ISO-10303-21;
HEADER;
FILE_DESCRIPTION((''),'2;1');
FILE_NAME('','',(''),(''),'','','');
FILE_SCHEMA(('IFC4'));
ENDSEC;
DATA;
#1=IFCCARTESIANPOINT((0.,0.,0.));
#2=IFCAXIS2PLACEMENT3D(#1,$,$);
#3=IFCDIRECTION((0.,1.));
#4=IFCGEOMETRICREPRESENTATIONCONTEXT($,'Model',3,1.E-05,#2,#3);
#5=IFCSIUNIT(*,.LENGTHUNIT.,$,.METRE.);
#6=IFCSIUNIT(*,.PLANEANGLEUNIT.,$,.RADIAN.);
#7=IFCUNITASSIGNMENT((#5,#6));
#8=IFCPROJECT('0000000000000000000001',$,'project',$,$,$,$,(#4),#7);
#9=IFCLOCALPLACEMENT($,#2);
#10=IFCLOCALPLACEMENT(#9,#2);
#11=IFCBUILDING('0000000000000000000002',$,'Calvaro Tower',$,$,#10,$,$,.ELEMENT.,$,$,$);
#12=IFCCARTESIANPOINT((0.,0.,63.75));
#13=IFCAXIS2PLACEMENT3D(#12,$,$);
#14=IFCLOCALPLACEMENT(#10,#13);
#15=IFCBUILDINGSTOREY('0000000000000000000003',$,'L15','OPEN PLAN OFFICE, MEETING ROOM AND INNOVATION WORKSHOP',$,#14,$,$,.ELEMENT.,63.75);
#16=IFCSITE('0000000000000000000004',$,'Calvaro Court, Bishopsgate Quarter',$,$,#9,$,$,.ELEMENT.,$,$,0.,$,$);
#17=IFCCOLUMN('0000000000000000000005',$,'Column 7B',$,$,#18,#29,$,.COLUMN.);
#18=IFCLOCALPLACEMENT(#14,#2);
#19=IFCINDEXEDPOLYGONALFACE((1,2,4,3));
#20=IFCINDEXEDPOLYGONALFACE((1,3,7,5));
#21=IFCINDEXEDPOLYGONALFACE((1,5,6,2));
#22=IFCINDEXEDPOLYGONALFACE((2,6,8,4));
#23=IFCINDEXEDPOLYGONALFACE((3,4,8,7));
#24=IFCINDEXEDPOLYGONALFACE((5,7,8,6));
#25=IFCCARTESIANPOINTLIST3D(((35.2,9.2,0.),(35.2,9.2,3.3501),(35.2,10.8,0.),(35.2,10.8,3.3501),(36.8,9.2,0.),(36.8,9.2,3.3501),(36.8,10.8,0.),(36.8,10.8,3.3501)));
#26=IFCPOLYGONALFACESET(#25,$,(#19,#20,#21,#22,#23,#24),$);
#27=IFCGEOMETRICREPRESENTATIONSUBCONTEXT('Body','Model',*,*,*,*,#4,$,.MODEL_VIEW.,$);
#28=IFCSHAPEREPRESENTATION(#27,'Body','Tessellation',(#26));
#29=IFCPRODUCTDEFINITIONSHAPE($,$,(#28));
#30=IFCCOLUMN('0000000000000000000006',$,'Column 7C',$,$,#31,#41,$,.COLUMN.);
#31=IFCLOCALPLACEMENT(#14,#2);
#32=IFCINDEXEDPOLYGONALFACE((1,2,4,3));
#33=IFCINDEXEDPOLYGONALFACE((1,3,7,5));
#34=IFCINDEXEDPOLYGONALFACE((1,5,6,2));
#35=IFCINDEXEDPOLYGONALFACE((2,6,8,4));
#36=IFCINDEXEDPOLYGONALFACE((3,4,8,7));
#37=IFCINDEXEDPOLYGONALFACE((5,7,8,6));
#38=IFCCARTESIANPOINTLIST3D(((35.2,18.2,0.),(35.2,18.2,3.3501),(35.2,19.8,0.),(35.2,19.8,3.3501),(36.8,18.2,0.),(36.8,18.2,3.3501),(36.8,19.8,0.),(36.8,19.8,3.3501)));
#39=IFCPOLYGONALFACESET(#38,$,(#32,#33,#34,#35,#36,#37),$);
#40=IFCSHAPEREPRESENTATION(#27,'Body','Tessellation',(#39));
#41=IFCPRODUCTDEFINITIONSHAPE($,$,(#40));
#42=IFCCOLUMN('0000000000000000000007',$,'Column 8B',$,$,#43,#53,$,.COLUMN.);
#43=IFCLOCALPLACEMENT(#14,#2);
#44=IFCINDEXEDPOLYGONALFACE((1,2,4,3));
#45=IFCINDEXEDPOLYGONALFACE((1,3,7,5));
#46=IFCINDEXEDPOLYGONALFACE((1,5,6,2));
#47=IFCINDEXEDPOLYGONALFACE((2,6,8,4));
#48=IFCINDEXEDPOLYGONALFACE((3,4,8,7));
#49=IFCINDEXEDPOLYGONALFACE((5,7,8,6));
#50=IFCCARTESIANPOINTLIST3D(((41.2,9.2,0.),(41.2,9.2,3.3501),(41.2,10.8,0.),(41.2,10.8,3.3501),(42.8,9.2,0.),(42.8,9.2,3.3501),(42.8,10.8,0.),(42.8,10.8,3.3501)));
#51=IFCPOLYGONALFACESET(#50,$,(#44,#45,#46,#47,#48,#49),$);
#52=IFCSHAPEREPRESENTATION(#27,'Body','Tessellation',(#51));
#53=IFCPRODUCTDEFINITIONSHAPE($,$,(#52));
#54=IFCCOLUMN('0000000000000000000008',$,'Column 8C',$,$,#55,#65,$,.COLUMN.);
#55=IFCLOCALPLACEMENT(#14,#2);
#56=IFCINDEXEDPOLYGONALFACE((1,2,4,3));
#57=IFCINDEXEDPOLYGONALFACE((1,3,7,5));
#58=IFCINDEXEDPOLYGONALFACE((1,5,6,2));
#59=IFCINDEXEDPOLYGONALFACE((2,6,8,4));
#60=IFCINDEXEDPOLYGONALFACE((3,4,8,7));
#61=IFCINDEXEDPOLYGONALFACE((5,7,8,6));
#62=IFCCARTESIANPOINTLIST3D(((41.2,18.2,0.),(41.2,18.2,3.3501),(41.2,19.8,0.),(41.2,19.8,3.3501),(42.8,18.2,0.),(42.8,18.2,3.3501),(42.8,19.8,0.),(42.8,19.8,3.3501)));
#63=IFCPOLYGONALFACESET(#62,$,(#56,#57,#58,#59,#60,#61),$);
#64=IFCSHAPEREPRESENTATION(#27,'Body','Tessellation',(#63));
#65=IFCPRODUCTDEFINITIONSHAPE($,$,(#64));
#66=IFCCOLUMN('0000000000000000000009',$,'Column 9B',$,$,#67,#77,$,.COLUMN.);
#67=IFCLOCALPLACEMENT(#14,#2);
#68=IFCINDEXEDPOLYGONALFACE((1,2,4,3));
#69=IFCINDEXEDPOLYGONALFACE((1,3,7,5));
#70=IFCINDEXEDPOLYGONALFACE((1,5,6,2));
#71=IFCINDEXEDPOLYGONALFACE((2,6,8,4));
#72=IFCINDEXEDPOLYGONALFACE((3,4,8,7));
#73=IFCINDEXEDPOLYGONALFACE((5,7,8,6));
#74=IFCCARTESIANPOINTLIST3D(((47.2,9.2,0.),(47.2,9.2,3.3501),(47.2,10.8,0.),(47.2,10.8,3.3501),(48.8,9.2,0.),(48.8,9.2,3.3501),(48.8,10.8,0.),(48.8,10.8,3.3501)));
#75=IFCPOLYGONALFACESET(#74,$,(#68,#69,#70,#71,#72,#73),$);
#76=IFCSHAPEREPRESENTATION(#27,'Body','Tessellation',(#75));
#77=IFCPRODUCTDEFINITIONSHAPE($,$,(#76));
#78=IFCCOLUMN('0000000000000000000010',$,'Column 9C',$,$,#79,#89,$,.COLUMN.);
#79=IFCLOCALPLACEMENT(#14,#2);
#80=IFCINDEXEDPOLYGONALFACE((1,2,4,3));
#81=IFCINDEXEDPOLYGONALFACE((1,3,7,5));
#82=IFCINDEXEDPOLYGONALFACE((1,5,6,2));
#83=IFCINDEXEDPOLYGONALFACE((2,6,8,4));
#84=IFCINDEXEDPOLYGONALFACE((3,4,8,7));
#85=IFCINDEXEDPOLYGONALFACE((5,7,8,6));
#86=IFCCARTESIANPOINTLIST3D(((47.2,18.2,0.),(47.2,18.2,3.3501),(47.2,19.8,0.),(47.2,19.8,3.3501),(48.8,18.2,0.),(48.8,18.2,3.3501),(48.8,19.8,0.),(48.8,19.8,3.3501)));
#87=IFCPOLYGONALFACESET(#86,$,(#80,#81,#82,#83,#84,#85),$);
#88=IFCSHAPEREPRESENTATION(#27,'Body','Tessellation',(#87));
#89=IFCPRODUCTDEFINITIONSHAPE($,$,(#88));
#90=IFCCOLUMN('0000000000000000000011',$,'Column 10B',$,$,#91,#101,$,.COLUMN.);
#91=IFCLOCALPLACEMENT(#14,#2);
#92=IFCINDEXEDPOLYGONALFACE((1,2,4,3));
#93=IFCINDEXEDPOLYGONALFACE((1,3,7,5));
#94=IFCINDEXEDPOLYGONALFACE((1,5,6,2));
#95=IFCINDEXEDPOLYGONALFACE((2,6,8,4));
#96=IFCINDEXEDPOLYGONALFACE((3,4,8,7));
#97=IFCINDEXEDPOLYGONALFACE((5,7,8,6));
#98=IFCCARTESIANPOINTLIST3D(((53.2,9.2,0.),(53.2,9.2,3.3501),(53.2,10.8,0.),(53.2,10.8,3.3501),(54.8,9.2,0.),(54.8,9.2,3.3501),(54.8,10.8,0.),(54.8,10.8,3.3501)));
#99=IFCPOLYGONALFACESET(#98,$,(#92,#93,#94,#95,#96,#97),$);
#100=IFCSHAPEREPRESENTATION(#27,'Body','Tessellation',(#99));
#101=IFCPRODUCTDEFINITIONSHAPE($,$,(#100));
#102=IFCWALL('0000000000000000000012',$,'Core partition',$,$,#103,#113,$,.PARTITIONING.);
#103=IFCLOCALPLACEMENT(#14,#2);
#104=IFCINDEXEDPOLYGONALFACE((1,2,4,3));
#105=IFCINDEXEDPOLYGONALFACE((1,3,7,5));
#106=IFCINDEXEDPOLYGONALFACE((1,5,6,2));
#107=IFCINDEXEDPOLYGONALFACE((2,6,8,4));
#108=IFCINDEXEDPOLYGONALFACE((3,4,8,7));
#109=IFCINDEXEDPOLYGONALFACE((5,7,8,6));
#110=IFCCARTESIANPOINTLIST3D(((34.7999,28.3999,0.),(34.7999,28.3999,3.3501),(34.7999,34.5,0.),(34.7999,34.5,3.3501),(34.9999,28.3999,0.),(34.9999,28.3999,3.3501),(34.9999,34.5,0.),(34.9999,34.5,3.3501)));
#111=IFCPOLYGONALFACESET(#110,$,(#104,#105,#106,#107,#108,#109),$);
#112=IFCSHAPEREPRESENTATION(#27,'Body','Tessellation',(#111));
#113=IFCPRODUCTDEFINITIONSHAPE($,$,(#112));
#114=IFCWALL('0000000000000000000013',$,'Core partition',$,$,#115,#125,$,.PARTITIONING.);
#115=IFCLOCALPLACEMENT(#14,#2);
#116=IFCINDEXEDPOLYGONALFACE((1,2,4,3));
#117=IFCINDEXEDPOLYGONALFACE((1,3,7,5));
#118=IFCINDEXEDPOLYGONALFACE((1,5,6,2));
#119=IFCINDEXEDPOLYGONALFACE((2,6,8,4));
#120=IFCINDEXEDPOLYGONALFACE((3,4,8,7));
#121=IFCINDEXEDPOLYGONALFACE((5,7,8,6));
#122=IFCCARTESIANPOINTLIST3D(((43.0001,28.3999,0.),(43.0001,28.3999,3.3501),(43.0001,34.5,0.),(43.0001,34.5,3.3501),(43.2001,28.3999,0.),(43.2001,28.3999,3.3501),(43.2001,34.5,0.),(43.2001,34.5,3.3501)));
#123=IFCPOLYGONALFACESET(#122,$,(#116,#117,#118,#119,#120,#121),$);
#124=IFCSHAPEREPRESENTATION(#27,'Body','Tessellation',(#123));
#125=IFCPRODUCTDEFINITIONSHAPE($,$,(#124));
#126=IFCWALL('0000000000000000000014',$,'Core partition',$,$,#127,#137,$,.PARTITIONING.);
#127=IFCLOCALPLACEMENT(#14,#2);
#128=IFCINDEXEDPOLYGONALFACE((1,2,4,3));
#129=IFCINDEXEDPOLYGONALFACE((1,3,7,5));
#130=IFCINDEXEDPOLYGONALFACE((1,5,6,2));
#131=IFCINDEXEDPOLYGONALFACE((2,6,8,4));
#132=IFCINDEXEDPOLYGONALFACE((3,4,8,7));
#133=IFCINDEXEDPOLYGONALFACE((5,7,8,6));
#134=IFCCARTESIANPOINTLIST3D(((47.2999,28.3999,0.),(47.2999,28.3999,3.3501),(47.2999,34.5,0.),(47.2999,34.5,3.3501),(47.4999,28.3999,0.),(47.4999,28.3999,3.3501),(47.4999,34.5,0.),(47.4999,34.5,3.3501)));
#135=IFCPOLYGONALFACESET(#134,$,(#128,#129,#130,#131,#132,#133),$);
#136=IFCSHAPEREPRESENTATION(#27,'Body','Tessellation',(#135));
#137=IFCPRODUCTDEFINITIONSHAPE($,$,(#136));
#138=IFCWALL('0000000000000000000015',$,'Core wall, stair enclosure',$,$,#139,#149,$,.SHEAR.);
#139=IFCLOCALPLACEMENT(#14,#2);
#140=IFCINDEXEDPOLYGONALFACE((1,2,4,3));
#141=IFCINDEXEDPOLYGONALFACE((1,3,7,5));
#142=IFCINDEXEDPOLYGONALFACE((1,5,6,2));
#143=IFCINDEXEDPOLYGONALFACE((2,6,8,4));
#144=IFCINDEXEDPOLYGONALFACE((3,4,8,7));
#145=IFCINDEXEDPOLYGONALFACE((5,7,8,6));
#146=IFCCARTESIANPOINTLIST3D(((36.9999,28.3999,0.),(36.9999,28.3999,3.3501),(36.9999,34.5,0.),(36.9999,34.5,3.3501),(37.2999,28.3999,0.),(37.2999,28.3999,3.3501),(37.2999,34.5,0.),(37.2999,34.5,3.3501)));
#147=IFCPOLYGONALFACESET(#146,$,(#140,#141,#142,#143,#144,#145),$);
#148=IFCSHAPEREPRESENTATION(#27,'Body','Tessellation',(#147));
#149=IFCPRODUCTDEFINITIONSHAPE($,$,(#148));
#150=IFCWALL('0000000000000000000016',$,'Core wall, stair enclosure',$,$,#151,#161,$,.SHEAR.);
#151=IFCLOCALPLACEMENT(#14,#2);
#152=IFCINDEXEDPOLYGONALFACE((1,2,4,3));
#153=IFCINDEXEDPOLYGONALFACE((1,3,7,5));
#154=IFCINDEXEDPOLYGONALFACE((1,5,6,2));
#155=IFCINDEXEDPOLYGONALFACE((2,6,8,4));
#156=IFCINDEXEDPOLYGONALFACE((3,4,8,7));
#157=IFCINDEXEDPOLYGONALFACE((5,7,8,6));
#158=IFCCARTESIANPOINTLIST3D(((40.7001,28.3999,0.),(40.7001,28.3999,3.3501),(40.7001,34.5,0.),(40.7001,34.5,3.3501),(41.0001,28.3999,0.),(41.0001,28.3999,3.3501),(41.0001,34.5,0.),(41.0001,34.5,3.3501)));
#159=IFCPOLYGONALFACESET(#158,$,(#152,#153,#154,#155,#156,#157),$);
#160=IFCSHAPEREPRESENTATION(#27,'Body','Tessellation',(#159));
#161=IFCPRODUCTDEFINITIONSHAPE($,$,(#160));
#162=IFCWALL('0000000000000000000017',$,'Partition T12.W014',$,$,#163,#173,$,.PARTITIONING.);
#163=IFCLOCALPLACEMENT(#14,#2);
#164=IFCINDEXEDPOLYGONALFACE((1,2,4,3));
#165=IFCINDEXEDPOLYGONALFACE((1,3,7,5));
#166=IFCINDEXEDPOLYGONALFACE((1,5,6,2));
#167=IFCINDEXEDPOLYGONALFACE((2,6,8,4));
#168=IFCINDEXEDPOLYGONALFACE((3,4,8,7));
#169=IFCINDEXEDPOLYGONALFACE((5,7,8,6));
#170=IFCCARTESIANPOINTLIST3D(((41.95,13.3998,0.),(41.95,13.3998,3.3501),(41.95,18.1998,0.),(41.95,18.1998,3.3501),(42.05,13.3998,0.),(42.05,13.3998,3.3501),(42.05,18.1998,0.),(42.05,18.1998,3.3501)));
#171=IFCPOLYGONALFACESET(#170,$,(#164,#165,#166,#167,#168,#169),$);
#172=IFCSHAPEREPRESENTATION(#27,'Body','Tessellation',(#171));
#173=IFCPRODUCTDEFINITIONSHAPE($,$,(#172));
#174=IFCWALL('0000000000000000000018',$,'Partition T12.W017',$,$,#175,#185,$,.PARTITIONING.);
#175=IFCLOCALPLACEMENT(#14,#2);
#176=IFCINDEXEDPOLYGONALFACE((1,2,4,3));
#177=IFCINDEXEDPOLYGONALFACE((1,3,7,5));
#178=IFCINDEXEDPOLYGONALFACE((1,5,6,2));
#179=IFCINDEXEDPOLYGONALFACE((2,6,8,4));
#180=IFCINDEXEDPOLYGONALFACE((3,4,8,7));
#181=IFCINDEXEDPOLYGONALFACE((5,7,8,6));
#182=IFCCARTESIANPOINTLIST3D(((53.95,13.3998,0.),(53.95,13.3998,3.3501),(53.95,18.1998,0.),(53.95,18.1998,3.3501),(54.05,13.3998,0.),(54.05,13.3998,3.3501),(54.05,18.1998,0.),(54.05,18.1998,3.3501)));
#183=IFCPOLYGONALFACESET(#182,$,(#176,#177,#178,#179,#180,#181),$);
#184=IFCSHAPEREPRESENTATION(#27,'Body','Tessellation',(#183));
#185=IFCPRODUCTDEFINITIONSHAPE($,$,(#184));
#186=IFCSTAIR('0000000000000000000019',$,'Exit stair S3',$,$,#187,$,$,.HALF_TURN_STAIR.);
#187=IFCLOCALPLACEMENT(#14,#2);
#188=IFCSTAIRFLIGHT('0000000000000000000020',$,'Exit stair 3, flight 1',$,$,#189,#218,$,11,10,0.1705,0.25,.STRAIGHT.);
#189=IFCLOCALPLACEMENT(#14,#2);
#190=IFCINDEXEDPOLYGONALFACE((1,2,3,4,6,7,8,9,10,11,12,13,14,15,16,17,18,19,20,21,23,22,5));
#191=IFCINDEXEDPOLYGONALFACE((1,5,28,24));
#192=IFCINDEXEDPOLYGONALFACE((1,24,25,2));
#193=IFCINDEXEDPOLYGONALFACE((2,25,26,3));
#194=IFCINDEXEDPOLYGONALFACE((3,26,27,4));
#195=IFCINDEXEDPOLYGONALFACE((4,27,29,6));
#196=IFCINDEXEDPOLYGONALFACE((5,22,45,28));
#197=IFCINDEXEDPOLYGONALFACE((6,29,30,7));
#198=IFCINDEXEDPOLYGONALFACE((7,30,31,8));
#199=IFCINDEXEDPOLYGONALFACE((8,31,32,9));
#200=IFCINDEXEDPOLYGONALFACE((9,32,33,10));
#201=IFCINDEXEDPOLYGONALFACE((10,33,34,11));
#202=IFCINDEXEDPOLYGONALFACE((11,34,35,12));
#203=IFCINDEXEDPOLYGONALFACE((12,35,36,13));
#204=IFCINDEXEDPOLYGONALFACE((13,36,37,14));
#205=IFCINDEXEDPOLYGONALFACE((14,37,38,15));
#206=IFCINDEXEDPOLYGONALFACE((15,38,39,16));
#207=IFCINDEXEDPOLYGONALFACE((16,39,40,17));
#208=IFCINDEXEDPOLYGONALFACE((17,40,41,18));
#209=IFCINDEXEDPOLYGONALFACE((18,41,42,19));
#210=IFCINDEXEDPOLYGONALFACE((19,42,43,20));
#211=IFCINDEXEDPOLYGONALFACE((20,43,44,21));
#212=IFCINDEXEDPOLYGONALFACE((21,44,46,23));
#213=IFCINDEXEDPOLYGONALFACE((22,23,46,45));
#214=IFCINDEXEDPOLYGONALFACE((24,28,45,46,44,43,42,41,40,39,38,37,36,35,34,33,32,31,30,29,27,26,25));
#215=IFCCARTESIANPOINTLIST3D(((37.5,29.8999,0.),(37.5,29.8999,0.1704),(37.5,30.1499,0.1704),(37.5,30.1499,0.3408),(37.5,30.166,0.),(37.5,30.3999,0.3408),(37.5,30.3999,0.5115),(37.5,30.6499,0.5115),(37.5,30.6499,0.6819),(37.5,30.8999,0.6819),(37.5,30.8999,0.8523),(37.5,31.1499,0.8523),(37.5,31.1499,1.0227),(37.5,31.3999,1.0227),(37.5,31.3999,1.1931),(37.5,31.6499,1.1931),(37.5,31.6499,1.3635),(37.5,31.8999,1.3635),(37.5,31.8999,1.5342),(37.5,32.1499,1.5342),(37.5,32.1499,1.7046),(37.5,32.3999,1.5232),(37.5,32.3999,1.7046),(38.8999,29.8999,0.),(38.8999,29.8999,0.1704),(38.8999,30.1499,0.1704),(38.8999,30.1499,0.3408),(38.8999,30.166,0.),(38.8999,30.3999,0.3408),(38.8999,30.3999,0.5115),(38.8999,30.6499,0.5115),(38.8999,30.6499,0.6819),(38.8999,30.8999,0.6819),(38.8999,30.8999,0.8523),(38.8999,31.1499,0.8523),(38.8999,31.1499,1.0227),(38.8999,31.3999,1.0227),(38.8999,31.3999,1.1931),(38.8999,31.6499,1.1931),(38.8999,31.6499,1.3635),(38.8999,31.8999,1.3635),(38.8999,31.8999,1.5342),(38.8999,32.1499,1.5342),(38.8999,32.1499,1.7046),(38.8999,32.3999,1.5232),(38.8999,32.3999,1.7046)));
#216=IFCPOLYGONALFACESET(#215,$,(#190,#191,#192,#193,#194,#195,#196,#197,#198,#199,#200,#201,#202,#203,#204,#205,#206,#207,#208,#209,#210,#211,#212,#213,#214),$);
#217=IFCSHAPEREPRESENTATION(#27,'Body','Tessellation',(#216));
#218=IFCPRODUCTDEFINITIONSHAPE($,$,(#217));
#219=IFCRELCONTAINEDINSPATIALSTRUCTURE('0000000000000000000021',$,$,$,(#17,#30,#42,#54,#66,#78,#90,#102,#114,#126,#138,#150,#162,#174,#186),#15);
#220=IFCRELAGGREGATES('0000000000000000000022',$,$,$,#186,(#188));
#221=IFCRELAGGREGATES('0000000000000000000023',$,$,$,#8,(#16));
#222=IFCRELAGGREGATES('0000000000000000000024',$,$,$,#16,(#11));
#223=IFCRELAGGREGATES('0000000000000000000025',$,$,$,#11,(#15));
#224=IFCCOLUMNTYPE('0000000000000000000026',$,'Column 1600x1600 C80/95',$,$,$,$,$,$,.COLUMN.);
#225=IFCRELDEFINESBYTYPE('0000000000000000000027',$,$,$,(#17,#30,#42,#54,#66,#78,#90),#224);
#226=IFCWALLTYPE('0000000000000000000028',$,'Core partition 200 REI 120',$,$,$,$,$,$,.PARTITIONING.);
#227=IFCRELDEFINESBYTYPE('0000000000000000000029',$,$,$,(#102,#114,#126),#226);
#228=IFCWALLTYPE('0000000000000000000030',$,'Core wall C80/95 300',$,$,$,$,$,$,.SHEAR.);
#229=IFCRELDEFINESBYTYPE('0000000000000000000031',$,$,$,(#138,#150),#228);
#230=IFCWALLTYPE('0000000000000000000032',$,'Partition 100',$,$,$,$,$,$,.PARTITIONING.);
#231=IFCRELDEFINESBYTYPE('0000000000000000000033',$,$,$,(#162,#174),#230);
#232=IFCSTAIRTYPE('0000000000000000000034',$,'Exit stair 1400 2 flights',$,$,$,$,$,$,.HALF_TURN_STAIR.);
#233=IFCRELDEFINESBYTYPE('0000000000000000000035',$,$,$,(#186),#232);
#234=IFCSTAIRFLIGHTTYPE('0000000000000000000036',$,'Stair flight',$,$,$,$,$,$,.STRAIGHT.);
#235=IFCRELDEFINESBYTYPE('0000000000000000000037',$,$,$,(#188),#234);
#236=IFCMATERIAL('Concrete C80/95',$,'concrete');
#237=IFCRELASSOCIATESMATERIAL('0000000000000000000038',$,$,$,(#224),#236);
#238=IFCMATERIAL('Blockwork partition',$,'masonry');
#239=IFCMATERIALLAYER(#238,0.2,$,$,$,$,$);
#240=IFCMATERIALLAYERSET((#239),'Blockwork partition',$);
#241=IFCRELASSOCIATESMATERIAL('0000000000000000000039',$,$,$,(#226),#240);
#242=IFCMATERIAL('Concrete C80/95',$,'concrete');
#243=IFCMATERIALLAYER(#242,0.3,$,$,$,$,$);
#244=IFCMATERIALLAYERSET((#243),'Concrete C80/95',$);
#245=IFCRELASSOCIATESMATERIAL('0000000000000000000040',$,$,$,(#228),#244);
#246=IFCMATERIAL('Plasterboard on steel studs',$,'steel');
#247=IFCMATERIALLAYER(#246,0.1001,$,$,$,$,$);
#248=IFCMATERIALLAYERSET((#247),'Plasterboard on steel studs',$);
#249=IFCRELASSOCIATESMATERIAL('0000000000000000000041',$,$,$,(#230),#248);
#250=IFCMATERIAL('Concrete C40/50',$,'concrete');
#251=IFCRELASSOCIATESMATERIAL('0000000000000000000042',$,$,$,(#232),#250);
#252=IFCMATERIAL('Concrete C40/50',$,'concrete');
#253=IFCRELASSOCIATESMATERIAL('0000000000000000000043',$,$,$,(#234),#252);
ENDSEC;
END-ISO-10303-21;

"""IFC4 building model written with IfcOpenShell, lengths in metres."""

from ifc_helpers import new_model, si_unit, direction, frame, frame_2d, origin, origin_2d, place, context, subcontext, project, spatial, polyline, rectangle, outline, extrude, material, layer, layer_set, material_profile, profile_set, type_object, element, aggregate, save


model = new_model("IFC4")

# Units and contexts
model_context = context("Model", 3, precision=1e-05, world=origin(), true_north=direction((0.0, 1.0)))
body_context = subcontext(model_context, "Body", "Model", "MODEL_VIEW")
ifc_project = project(units=[si_unit("LENGTHUNIT", "METRE"), si_unit("PLANEANGLEUNIT", "RADIAN")], contexts=[model_context])

# Site, building, storey
site_placement = place(None, origin())
site = spatial("IfcSite", under=ifc_project, at=site_placement, Name="Calvaro Court, Bishopsgate Quarter", CompositionType="ELEMENT", RefElevation=0.0)
building_placement = place(site_placement, origin())
building = spatial("IfcBuilding", under=site, at=building_placement, Name="Calvaro Tower", CompositionType="ELEMENT")
storey_placement = place(building_placement, frame((0.0, 0.0, 63.75)))
storey = spatial("IfcBuildingStorey", under=building, at=storey_placement, Name="L15", Description="OPEN PLAN OFFICE, MEETING ROOM AND INNOVATION WORKSHOP", CompositionType="ELEMENT", Elevation=63.75)

# Columns
ifc_material_1 = material(Name="Concrete C80/95", Category="concrete")
ifc_material_profile = material_profile(ifc_material_1, rectangle(XDim=1.6001, YDim=1.6001, at=origin_2d()), Name="RC 1600x1600")
ifc_profile_set = profile_set([ifc_material_profile], Name="Concrete C80/95")
column_type = type_object("IfcColumnType", Name="Column 1600x1600 C80/95", PredefinedType="COLUMN", material=ifc_profile_set)
for number, where, z_axis, x_axis, name in (
    (1, (36.0, 10.0, 0.0), (0.0, 0.0, 1.0), (1.0, 0.0, 0.0), "Column 7B"),
    (2, (36.0, 19.0, 0.0), (0.0, 0.0, 1.0), (1.0, 0.0, 0.0), "Column 7C"),
    (3, (42.0, 10.0, 0.0), (0.0, 0.0, 1.0), (1.0, 0.0, 0.0), "Column 8B"),
    (4, (42.0, 19.0, 0.0), (0.0, 0.0, 1.0), (1.0, 0.0, 0.0), "Column 8C"),
    (5, (48.0, 10.0, 0.0), (0.0, 0.0, 1.0), (1.0, 0.0, 0.0), "Column 9B"),
    (6, (48.0, 19.0, 0.0), (0.0, 0.0, 1.0), (1.0, 0.0, 0.0), "Column 9C"),
    (7, (54.0, 10.0, 0.0), (0.0, 0.0, 1.0), (1.0, 0.0, 0.0), "Column 10B"),
):
    element("IfcColumn", number, at=place(storey_placement, frame(where, z_axis=z_axis, x_axis=x_axis)), inside=storey, type_object=column_type, Name=name, PredefinedType="COLUMN", context=body_context, shape_type="SweptSolid", body=[
        extrude(rectangle(XDim=1.6001, YDim=1.6001, at=origin_2d()), origin(), (0.0, 0.0, 1.0), 3.3501),
    ])

# Walls
ifc_material_2 = material(Name="Blockwork partition", Category="masonry")
ifc_layer_1 = layer(ifc_material_2, 0.2)
ifc_layer_set_1 = layer_set([ifc_layer_1], Name="Blockwork partition")
wall_type_1 = type_object("IfcWallType", Name="Core partition 200 REI 120", PredefinedType="PARTITIONING", material=ifc_layer_set_1)
for number, where, z_axis, x_axis, name in (
    (8, (34.8999, 28.3999, 0.0), (0.0, 0.0, 1.0), (0.0, 1.0, 0.0), "Core partition"),
    (9, (43.1001, 28.3999, 0.0), (0.0, 0.0, 1.0), (0.0, 1.0, 0.0), "Core partition"),
    (10, (47.3999, 28.3999, 0.0), (0.0, 0.0, 1.0), (0.0, 1.0, 0.0), "Core partition"),
):
    element("IfcWall", number, at=place(storey_placement, frame(where, z_axis=z_axis, x_axis=x_axis)), inside=storey, type_object=wall_type_1, Name=name, PredefinedType="PARTITIONING", context=body_context, shape_type="SweptSolid", body=[
        extrude(rectangle(XDim=6.1001, YDim=0.2, at=frame_2d((3.05, 0.0))), origin(), (0.0, 0.0, 1.0), 3.3501),
    ])
ifc_material_3 = material(Name="Concrete C80/95", Category="concrete")
ifc_layer_2 = layer(ifc_material_3, 0.3)
ifc_layer_set_2 = layer_set([ifc_layer_2], Name="Concrete C80/95")
wall_type_2 = type_object("IfcWallType", Name="Core wall C80/95 300", PredefinedType="SHEAR", material=ifc_layer_set_2)
for number, where, z_axis, x_axis, name in (
    (11, (37.1499, 28.3999, 0.0), (0.0, 0.0, 1.0), (0.0, 1.0, 0.0), "Core wall, stair enclosure"),
    (12, (40.8501, 28.3999, 0.0), (0.0, 0.0, 1.0), (0.0, 1.0, 0.0), "Core wall, stair enclosure"),
):
    element("IfcWall", number, at=place(storey_placement, frame(where, z_axis=z_axis, x_axis=x_axis)), inside=storey, type_object=wall_type_2, Name=name, PredefinedType="SHEAR", context=body_context, shape_type="SweptSolid", body=[
        extrude(rectangle(XDim=6.1001, YDim=0.3, at=frame_2d((3.05, 0.0))), origin(), (0.0, 0.0, 1.0), 3.3501),
    ])
ifc_material_4 = material(Name="Plasterboard on steel studs", Category="steel")
ifc_layer_3 = layer(ifc_material_4, 0.1001)
ifc_layer_set_3 = layer_set([ifc_layer_3], Name="Plasterboard on steel studs")
wall_type_3 = type_object("IfcWallType", Name="Partition 100", PredefinedType="PARTITIONING", material=ifc_layer_set_3)
for number, where, z_axis, x_axis, name in (
    (13, (42.0, 13.3999, 0.0), (0.0, 0.0, 1.0), (0.0, 1.0, 0.0), "Partition T12.W014"),
    (14, (54.0, 13.3999, 0.0), (0.0, 0.0, 1.0), (0.0, 1.0, 0.0), "Partition T12.W017"),
):
    element("IfcWall", number, at=place(storey_placement, frame(where, z_axis=z_axis, x_axis=x_axis)), inside=storey, type_object=wall_type_3, Name=name, PredefinedType="PARTITIONING", context=body_context, shape_type="SweptSolid", body=[
        extrude(rectangle(XDim=4.8, YDim=0.1001, at=frame_2d((2.3999, 0.0))), origin(), (0.0, 0.0, 1.0), 3.3501),
    ])

# Stair, stair flight
ifc_material_5 = material(Name="Concrete C40/50", Category="concrete")
stair_type = type_object("IfcStairType", Name="Exit stair 1400 2 flights", PredefinedType="HALF_TURN_STAIR", material=ifc_material_5)
stair_1_placement = place(storey_placement, origin())
stair_1 = element("IfcStair", 15, at=stair_1_placement, inside=storey, type_object=stair_type, Name="Exit stair S3", PredefinedType="HALF_TURN_STAIR")
ifc_material_6 = material(Name="Concrete C40/50", Category="concrete")
stair_flight_type = type_object("IfcStairFlightType", Name="Stair flight", PredefinedType="STRAIGHT", material=ifc_material_6)
stair_flight_1_placement = place(storey_placement, frame((38.2, 29.8999, 0.0), z_axis=(0.0, 0.0, 1.0), x_axis=(0.0, 1.0, 0.0)))
stair_flight_1 = element("IfcStairFlight", 16, at=stair_flight_1_placement, type_object=stair_flight_type, Name="Exit stair 3, flight 1", NumberOfRisers=11, NumberOfTreads=10, PredefinedType="STRAIGHT", RiserHeight=0.1705, TreadLength=0.25, context=body_context, shape_type="SweptSolid", body=[
    extrude(outline(polyline([(0.0, 0.0), (0.0, 0.1704), (0.25, 0.1704), (0.25, 0.3408), (0.5, 0.3408), (0.5, 0.5115), (0.75, 0.5115), (0.75, 0.6819), (1.0, 0.6819), (1.0, 0.8523), (1.25, 0.8523), (1.25, 1.0227), (1.5, 1.0227), (1.5, 1.1931), (1.75, 1.1931), (1.75, 1.3635), (2.0, 1.3635), (2.0, 1.5342), (2.25, 1.5342), (2.25, 1.7046), (2.5, 1.7046), (2.5, 1.875), (2.5, 1.5232), (0.2661, 0.0), (0.0, 0.0)])), frame((0.0, 0.7, 0.0), z_axis=(0.0, -1.0, 0.0), x_axis=(1.0, 0.0, 0.0)), (0.0, 0.0, 1.0), 1.3999),
])

aggregate(stair_1, [stair_flight_1])

save(model, "model.ifc")
